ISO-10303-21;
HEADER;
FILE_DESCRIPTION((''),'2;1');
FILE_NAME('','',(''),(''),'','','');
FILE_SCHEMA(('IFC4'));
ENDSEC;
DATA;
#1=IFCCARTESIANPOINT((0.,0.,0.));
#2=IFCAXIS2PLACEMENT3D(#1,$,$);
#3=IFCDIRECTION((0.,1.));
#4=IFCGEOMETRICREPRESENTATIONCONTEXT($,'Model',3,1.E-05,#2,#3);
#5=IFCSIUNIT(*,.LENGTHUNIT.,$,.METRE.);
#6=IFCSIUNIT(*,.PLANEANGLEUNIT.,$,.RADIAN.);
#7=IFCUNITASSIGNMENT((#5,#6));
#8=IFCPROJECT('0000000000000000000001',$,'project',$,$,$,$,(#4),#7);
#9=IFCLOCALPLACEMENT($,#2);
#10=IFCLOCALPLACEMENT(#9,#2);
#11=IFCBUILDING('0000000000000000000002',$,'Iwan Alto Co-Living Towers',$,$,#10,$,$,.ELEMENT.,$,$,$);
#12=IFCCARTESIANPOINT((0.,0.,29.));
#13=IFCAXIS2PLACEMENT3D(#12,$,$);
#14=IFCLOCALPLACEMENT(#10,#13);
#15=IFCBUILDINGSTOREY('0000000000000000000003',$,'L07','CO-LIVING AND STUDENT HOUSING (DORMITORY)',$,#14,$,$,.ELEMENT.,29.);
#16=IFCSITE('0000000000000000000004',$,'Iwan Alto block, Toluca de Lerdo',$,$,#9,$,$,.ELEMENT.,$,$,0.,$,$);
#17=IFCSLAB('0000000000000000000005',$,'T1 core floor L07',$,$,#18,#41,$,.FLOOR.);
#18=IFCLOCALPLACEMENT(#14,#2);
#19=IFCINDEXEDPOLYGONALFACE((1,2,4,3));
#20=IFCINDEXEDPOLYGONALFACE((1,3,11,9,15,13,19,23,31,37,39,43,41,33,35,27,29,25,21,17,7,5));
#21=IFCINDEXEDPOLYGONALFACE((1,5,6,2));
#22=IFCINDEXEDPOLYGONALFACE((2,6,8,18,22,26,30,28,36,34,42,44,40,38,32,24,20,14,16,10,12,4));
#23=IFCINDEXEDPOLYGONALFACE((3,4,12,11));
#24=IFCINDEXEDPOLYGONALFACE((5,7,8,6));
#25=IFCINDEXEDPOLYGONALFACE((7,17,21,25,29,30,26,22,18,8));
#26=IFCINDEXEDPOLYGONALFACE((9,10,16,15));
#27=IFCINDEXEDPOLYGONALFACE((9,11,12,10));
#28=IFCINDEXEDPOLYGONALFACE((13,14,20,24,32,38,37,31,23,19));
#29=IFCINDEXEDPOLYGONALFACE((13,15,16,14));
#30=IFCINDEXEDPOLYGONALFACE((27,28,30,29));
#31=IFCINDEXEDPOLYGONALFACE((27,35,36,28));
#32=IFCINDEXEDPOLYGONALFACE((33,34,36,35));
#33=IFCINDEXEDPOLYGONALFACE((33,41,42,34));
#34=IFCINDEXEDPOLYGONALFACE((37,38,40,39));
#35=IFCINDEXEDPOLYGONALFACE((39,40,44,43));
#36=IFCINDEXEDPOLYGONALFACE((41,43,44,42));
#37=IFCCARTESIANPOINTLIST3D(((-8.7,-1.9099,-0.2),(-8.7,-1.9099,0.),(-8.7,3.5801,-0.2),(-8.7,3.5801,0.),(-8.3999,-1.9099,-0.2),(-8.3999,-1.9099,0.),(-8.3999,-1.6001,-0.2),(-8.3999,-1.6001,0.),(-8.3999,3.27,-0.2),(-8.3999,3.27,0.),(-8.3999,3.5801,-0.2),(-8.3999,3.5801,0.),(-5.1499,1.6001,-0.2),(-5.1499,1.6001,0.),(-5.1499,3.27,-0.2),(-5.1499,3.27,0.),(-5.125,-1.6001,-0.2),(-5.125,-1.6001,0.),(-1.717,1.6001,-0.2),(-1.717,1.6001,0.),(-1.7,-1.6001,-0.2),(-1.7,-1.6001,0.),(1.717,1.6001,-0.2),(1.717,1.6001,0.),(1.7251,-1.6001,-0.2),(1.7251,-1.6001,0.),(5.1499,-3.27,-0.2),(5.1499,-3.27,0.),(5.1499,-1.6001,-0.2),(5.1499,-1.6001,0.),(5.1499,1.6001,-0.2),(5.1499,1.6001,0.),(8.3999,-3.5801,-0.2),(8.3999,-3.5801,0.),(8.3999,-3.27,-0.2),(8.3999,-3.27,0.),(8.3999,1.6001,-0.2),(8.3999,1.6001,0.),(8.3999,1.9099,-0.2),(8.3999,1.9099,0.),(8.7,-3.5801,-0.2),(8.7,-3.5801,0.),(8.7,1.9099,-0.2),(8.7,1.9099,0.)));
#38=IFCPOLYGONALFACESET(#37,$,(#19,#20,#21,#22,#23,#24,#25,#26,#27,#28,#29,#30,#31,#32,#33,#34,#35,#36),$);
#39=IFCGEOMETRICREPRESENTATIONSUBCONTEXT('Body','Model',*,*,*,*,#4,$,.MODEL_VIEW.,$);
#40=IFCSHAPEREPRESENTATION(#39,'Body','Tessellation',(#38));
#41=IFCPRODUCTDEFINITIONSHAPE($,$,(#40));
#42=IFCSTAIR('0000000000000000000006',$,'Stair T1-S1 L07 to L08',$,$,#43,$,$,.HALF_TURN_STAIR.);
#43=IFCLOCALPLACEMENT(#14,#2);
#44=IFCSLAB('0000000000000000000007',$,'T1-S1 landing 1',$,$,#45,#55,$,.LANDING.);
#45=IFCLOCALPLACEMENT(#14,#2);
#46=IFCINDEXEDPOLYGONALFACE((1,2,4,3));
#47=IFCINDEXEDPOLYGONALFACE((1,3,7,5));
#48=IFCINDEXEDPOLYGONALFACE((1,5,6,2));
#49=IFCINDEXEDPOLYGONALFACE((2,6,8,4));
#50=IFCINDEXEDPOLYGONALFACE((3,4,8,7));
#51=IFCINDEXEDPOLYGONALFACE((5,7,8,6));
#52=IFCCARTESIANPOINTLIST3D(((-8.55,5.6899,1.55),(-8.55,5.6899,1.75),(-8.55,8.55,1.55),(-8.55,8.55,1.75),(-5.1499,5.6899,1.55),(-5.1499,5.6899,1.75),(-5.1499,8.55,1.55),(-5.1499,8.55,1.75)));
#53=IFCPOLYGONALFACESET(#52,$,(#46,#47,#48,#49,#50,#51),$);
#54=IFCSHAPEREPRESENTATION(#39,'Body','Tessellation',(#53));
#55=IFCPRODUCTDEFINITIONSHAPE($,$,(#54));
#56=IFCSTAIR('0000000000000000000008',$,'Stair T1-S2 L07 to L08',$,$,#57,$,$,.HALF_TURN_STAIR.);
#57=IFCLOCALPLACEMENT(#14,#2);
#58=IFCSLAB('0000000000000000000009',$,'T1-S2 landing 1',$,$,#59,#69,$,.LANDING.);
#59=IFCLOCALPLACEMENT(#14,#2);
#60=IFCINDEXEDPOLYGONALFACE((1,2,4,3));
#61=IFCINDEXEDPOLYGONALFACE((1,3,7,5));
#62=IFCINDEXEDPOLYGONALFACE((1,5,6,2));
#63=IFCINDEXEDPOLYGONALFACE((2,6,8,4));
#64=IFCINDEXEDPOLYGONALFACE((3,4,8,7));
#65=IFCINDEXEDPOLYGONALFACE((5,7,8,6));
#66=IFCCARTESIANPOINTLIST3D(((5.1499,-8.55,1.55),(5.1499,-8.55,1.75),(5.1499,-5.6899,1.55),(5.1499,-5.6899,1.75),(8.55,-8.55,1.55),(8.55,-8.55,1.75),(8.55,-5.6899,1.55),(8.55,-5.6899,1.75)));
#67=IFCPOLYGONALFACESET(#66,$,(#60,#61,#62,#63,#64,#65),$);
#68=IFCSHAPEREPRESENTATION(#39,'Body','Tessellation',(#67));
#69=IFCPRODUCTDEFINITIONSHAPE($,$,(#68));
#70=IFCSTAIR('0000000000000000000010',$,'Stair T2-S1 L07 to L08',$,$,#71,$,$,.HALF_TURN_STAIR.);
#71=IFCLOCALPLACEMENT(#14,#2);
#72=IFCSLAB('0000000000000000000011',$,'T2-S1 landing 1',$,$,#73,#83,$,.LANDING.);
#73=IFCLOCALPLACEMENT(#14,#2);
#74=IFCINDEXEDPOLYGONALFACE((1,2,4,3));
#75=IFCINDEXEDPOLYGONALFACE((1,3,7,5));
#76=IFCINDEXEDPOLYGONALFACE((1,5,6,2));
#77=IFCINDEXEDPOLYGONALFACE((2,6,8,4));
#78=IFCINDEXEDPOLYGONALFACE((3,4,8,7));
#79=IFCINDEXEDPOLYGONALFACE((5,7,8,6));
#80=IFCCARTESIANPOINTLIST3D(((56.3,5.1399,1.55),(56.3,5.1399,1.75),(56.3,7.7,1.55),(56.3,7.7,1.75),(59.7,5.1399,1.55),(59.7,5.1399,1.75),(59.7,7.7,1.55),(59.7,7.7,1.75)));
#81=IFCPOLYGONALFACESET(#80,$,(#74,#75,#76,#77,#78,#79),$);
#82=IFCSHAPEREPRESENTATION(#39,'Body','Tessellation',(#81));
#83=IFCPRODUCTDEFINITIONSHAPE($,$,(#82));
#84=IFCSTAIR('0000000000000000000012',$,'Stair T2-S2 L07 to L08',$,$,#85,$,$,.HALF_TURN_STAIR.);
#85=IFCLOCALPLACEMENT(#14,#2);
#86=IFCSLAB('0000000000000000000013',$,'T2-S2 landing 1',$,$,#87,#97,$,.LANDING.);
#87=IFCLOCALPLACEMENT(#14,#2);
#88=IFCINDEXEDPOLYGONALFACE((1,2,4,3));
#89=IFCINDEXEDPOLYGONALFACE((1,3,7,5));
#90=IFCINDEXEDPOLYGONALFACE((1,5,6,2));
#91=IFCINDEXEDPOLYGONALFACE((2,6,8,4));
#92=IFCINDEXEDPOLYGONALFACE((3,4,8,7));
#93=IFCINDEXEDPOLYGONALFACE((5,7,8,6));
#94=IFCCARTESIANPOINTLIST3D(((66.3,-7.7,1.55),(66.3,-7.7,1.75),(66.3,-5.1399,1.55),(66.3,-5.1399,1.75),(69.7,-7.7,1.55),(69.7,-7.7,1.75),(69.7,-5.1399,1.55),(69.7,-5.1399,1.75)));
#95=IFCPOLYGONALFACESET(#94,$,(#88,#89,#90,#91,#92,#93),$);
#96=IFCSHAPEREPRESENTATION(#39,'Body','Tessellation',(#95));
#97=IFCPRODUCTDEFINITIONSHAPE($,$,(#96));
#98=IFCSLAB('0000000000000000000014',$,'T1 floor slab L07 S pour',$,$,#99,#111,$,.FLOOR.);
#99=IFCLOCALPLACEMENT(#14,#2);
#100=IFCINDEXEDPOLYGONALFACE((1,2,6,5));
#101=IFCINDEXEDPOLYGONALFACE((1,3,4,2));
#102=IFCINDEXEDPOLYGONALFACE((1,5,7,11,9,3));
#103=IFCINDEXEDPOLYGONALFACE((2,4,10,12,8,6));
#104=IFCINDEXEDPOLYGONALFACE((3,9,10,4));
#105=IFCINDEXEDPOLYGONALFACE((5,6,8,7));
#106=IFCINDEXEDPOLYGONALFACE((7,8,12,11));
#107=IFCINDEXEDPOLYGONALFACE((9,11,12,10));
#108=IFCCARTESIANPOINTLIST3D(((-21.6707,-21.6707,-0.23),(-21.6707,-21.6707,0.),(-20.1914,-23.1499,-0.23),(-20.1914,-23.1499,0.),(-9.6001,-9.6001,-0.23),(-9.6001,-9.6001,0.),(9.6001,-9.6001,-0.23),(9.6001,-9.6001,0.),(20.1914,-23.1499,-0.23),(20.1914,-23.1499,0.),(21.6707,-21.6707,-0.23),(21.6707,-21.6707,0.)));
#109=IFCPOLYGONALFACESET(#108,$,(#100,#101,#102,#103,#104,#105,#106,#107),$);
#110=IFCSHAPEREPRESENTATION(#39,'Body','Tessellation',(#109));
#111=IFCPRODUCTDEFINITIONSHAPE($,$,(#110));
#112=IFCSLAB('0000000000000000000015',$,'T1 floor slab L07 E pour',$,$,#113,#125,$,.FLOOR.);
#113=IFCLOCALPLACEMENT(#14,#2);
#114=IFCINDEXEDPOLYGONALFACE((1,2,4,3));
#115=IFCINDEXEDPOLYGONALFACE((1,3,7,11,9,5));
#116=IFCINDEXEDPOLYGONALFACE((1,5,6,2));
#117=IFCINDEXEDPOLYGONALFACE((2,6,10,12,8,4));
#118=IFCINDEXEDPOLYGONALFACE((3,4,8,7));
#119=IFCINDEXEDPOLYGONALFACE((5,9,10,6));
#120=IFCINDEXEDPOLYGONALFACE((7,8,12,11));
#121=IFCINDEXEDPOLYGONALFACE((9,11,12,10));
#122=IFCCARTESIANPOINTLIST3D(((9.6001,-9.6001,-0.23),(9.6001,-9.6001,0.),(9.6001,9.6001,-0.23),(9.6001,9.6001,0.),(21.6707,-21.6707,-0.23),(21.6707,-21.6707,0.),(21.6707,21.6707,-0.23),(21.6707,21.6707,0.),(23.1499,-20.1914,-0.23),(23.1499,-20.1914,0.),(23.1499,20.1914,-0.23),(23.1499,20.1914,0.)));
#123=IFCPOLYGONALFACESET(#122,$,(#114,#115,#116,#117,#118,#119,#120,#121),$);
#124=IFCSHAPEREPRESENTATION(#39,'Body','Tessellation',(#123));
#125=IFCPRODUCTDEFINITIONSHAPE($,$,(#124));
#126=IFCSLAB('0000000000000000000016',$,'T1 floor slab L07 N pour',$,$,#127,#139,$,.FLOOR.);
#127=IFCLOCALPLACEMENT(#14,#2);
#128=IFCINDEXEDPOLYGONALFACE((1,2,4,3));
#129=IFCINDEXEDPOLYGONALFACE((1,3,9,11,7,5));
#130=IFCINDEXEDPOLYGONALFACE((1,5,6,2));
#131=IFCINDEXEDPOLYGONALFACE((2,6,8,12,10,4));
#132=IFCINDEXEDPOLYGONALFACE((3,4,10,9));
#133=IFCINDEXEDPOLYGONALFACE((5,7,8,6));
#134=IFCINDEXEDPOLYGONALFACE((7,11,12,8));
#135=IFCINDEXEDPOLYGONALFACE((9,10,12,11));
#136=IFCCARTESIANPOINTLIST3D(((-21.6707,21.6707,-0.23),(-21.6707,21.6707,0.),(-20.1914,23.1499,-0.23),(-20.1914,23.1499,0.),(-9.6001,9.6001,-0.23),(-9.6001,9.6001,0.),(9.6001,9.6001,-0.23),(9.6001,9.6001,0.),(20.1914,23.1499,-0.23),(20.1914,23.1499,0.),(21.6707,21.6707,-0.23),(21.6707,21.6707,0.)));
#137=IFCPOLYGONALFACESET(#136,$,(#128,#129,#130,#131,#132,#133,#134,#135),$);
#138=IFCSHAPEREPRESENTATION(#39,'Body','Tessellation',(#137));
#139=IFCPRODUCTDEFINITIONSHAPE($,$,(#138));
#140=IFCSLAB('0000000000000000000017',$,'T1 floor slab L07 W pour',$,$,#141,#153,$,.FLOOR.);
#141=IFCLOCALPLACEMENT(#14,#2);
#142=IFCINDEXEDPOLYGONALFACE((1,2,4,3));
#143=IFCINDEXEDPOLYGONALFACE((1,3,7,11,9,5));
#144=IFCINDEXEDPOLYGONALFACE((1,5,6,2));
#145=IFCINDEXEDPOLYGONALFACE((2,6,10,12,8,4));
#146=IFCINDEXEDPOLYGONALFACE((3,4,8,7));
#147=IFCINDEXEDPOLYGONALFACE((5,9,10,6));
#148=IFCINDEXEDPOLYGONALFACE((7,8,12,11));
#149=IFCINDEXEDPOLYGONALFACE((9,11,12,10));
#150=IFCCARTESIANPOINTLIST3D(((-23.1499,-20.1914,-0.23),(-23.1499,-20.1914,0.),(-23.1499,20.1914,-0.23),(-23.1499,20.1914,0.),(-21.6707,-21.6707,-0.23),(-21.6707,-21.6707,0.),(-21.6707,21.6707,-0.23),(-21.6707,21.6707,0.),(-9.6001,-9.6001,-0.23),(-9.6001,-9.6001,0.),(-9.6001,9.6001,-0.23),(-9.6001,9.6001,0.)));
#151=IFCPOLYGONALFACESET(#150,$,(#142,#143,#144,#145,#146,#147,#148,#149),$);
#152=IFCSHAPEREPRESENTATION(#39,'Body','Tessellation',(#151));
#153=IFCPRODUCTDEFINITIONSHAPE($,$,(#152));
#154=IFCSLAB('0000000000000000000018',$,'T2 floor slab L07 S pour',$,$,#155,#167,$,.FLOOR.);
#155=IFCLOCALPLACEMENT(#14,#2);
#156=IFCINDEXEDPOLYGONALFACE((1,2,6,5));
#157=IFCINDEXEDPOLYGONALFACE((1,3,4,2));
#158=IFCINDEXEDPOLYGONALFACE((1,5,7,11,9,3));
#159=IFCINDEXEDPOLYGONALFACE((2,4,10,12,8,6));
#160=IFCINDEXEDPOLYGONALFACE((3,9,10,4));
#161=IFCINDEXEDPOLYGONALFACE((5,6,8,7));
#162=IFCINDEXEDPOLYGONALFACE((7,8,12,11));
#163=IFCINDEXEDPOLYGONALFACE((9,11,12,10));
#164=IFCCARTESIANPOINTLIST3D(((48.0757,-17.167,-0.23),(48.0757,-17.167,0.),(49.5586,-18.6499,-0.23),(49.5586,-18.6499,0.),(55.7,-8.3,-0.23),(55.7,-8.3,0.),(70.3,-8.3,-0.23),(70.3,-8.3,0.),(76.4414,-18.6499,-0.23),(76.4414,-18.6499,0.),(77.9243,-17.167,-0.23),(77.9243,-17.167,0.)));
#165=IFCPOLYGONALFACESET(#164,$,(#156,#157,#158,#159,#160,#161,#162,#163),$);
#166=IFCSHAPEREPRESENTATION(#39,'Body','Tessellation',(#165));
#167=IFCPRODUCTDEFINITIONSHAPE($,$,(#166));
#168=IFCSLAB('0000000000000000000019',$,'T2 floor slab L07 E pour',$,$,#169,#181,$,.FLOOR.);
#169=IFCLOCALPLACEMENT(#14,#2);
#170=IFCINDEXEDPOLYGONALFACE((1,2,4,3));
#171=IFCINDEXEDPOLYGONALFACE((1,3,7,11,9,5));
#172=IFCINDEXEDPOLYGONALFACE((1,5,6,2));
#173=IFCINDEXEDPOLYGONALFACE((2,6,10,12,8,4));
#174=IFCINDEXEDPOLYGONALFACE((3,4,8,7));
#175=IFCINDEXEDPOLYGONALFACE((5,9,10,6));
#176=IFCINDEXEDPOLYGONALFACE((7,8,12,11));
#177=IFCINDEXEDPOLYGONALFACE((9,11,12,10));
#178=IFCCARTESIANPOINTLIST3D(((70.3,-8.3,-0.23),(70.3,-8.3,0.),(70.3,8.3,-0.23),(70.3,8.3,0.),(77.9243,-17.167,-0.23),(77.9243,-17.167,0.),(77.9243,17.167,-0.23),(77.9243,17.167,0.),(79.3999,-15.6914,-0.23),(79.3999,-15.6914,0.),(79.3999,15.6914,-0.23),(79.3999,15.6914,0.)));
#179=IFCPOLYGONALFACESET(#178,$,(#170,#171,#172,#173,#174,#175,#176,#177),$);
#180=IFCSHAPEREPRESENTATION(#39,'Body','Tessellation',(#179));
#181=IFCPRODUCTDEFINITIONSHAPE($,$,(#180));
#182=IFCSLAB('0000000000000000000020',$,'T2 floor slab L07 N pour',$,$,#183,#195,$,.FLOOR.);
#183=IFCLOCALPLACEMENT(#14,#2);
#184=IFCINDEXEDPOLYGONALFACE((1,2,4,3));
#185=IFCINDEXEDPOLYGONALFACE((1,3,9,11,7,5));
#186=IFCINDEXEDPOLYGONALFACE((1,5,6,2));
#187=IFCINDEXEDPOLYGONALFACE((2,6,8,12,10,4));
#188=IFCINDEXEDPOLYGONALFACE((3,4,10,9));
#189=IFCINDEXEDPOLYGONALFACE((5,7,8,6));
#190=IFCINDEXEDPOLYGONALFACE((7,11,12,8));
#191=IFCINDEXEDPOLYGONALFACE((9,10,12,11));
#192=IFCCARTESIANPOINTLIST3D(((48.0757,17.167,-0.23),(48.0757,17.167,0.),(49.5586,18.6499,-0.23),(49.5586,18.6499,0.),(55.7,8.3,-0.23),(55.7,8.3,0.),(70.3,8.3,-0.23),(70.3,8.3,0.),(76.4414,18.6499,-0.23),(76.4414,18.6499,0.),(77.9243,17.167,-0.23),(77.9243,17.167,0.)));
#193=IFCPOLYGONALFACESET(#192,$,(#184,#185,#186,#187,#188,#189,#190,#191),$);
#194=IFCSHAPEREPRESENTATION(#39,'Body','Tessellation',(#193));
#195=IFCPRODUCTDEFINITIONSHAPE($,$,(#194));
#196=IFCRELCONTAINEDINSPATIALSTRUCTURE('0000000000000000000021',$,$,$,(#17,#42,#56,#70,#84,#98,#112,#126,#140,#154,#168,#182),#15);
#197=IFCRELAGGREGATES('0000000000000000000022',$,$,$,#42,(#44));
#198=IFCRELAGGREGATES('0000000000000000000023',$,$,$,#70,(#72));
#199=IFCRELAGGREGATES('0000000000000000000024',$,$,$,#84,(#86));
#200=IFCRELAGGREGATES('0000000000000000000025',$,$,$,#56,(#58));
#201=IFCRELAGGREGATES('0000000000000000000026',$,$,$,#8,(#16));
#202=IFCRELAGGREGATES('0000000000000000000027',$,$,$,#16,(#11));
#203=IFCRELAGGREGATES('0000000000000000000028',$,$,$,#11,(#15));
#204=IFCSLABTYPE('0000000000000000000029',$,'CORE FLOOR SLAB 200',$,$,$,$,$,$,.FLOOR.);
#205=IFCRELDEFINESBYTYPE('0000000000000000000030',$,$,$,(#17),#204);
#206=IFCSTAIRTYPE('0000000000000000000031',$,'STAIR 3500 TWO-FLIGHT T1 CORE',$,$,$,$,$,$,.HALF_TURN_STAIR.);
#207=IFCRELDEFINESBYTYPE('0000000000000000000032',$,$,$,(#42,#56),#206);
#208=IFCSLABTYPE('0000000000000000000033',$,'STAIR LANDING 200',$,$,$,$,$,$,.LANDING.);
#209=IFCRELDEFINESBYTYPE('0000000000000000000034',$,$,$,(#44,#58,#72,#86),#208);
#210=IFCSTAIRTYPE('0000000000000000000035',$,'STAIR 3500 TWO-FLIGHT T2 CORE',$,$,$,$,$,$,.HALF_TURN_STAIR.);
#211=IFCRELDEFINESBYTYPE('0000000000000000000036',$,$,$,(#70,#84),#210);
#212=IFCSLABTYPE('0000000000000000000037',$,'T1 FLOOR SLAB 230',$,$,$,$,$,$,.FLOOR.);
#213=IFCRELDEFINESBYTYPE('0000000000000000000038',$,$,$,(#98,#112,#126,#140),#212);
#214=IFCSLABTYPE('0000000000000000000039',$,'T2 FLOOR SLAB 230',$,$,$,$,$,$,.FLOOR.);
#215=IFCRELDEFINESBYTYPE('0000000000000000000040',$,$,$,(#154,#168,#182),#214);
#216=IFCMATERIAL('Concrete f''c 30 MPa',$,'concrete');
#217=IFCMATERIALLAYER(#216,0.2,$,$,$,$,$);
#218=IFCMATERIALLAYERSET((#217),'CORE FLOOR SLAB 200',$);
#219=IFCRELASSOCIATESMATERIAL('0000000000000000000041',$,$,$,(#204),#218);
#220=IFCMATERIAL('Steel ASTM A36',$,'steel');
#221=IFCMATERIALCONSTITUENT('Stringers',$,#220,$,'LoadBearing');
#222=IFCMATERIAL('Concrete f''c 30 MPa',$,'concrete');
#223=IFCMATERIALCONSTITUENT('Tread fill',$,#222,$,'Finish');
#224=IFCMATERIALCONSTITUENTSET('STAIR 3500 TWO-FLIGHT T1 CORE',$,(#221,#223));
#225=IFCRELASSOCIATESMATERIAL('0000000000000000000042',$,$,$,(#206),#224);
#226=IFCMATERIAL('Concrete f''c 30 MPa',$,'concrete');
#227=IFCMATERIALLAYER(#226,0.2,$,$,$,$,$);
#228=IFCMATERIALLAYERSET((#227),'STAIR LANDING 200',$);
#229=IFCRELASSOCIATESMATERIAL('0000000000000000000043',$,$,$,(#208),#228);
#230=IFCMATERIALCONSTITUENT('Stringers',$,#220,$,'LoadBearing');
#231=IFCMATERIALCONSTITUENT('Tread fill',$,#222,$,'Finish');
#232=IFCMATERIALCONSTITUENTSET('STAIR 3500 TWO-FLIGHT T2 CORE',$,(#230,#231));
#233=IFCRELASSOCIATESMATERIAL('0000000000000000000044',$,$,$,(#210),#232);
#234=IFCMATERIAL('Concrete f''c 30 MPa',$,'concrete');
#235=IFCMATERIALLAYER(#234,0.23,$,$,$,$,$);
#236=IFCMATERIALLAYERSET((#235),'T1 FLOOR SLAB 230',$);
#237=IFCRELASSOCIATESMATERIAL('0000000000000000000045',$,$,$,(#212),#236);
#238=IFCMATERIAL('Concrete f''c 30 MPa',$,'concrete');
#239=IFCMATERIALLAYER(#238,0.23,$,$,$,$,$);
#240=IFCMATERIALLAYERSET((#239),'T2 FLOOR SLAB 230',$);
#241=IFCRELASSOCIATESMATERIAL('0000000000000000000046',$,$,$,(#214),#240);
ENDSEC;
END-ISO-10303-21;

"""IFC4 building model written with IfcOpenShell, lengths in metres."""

from ifc_helpers import new_model, si_unit, direction, frame, origin, place, context, subcontext, project, spatial, polyline, outline, extrude, material, layer, layer_set, constituent, constituent_set, type_object, element, aggregate, save


model = new_model("IFC4")

# Units and contexts
model_context = context("Model", 3, precision=1e-05, world=origin(), true_north=direction((0.0, 1.0)))
body_context = subcontext(model_context, "Body", "Model", "MODEL_VIEW")
ifc_project = project(units=[si_unit("LENGTHUNIT", "METRE"), si_unit("PLANEANGLEUNIT", "RADIAN")], contexts=[model_context])

# Site, building, storey
site_placement = place(None, origin())
site = spatial("IfcSite", under=ifc_project, at=site_placement, Name="Iwan Alto block, Toluca de Lerdo", CompositionType="ELEMENT", RefElevation=0.0)
building_placement = place(site_placement, origin())
building = spatial("IfcBuilding", under=site, at=building_placement, Name="Iwan Alto Co-Living Towers", CompositionType="ELEMENT")
storey_placement = place(building_placement, frame((0.0, 0.0, 29.0)))
storey = spatial("IfcBuildingStorey", under=building, at=storey_placement, Name="L07", Description="CO-LIVING AND STUDENT HOUSING (DORMITORY)", CompositionType="ELEMENT", Elevation=29.0)

# Slab
ifc_material_1 = material(Name="Concrete f'c 30 MPa", Category="concrete")
ifc_layer_1 = layer(ifc_material_1, 0.2)
ifc_layer_set_1 = layer_set([ifc_layer_1], Name="CORE FLOOR SLAB 200")
slab_type_1 = type_object("IfcSlabType", Name="CORE FLOOR SLAB 200", PredefinedType="FLOOR", material=ifc_layer_set_1)
slab_1_placement = place(storey_placement, frame((0.0, 0.0, -0.2)))
element("IfcSlab", 1, at=slab_1_placement, inside=storey, type_object=slab_type_1, Name="T1 core floor L07", PredefinedType="FLOOR", context=body_context, shape_type="SweptSolid", body=[
    extrude(outline(polyline([(8.7, -3.5801), (8.3999, -3.5801), (8.3999, -3.27), (5.1499, -3.27), (5.1499, -1.6001), (1.7251, -1.6001), (-1.7, -1.6001), (-5.125, -1.6001), (-8.3999, -1.6001), (-8.3999, -1.9099), (-8.7, -1.9099), (-8.7, 3.5801), (-8.3999, 3.5801), (-8.3999, 3.27), (-5.1499, 3.27), (-5.1499, 1.6001), (-1.717, 1.6001), (1.717, 1.6001), (5.1499, 1.6001), (8.3999, 1.6001), (8.3999, 1.9099), (8.7, 1.9099), (8.7, -3.5801)])), origin(), (0.0, 0.0, 1.0), 0.2),
])

# Stairs, slabs
ifc_material_2 = material(Name="Steel ASTM A36", Category="steel")
ifc_constituent_1 = constituent(ifc_material_2, Name="Stringers", Category="LoadBearing")
ifc_material_3 = material(Name="Concrete f'c 30 MPa", Category="concrete")
ifc_constituent_2 = constituent(ifc_material_3, Name="Tread fill", Category="Finish")
ifc_constituent_set_1 = constituent_set(constituents=[ifc_constituent_1, ifc_constituent_2], Name="STAIR 3500 TWO-FLIGHT T1 CORE")
stair_type_1 = type_object("IfcStairType", Name="STAIR 3500 TWO-FLIGHT T1 CORE", PredefinedType="HALF_TURN_STAIR", material=ifc_constituent_set_1)
stair_1_placement = place(storey_placement, origin())
stair_1 = element("IfcStair", 2, at=stair_1_placement, inside=storey, type_object=stair_type_1, Name="Stair T1-S1 L07 to L08", PredefinedType="HALF_TURN_STAIR")
ifc_material_4 = material(Name="Concrete f'c 30 MPa", Category="concrete")
ifc_layer_2 = layer(ifc_material_4, 0.2)
ifc_layer_set_2 = layer_set([ifc_layer_2], Name="STAIR LANDING 200")
slab_type_2 = type_object("IfcSlabType", Name="STAIR LANDING 200", PredefinedType="LANDING", material=ifc_layer_set_2)
slab_2_placement = place(storey_placement, frame((0.0, 0.0, 1.55)))
slab_2 = element("IfcSlab", 3, at=slab_2_placement, type_object=slab_type_2, Name="T1-S1 landing 1", PredefinedType="LANDING", context=body_context, shape_type="SweptSolid", body=[
    extrude(outline(polyline([(-8.55, 5.6899), (-8.55, 8.55), (-5.1499, 8.55), (-5.1499, 5.6899), (-8.55, 5.6899)])), origin(), (0.0, 0.0, 1.0), 0.2),
])
aggregate(stair_1, [slab_2])
stair_2_placement = place(storey_placement, origin())
stair_2 = element("IfcStair", 4, at=stair_2_placement, inside=storey, type_object=stair_type_1, Name="Stair T1-S2 L07 to L08", PredefinedType="HALF_TURN_STAIR")
slab_3_placement = place(storey_placement, frame((0.0, 0.0, 1.55)))
slab_3 = element("IfcSlab", 5, at=slab_3_placement, type_object=slab_type_2, Name="T1-S2 landing 1", PredefinedType="LANDING", context=body_context, shape_type="SweptSolid", body=[
    extrude(outline(polyline([(5.1499, -5.6899), (5.1499, -8.55), (8.55, -8.55), (8.55, -5.6899), (5.1499, -5.6899)])), origin(), (0.0, 0.0, 1.0), 0.2),
])
ifc_constituent_3 = constituent(ifc_material_2, Name="Stringers", Category="LoadBearing")
ifc_constituent_4 = constituent(ifc_material_3, Name="Tread fill", Category="Finish")
ifc_constituent_set_2 = constituent_set(constituents=[ifc_constituent_3, ifc_constituent_4], Name="STAIR 3500 TWO-FLIGHT T2 CORE")
stair_type_2 = type_object("IfcStairType", Name="STAIR 3500 TWO-FLIGHT T2 CORE", PredefinedType="HALF_TURN_STAIR", material=ifc_constituent_set_2)
stair_3_placement = place(storey_placement, origin())
stair_3 = element("IfcStair", 6, at=stair_3_placement, inside=storey, type_object=stair_type_2, Name="Stair T2-S1 L07 to L08", PredefinedType="HALF_TURN_STAIR")
slab_4_placement = place(storey_placement, frame((0.0, 0.0, 1.55)))
slab_4 = element("IfcSlab", 7, at=slab_4_placement, type_object=slab_type_2, Name="T2-S1 landing 1", PredefinedType="LANDING", context=body_context, shape_type="SweptSolid", body=[
    extrude(outline(polyline([(56.3, 5.1399), (56.3, 7.7), (59.7, 7.7), (59.7, 5.1399), (56.3, 5.1399)])), origin(), (0.0, 0.0, 1.0), 0.2),
])
aggregate(stair_3, [slab_4])
stair_4_placement = place(storey_placement, origin())
stair_4 = element("IfcStair", 8, at=stair_4_placement, inside=storey, type_object=stair_type_2, Name="Stair T2-S2 L07 to L08", PredefinedType="HALF_TURN_STAIR")
slab_5_placement = place(storey_placement, frame((0.0, 0.0, 1.55)))
slab_5 = element("IfcSlab", 9, at=slab_5_placement, type_object=slab_type_2, Name="T2-S2 landing 1", PredefinedType="LANDING", context=body_context, shape_type="SweptSolid", body=[
    extrude(outline(polyline([(66.3, -5.1399), (66.3, -7.7), (69.7, -7.7), (69.7, -5.1399), (66.3, -5.1399)])), origin(), (0.0, 0.0, 1.0), 0.2),
])
aggregate(stair_4, [slab_5])

# Slabs
ifc_material_5 = material(Name="Concrete f'c 30 MPa", Category="concrete")
ifc_layer_3 = layer(ifc_material_5, 0.23)
ifc_layer_set_3 = layer_set([ifc_layer_3], Name="T1 FLOOR SLAB 230")
slab_type_3 = type_object("IfcSlabType", Name="T1 FLOOR SLAB 230", PredefinedType="FLOOR", material=ifc_layer_set_3)
slab_6_placement = place(storey_placement, frame((0.0, 0.0, -0.23)))
element("IfcSlab", 10, at=slab_6_placement, inside=storey, type_object=slab_type_3, Name="T1 floor slab L07 S pour", PredefinedType="FLOOR", context=body_context, shape_type="SweptSolid", body=[
    extrude(outline(polyline([(20.1914, -23.1499), (-20.1914, -23.1499), (-21.6707, -21.6707), (-9.6001, -9.6001), (9.6001, -9.6001), (21.6707, -21.6707), (20.1914, -23.1499)])), origin(), (0.0, 0.0, 1.0), 0.23),
])
slab_7_placement = place(storey_placement, frame((0.0, 0.0, -0.23)))
element("IfcSlab", 11, at=slab_7_placement, inside=storey, type_object=slab_type_3, Name="T1 floor slab L07 E pour", PredefinedType="FLOOR", context=body_context, shape_type="SweptSolid", body=[
    extrude(outline(polyline([(23.1499, 20.1914), (23.1499, -20.1914), (21.6707, -21.6707), (9.6001, -9.6001), (9.6001, 9.6001), (21.6707, 21.6707), (23.1499, 20.1914)])), origin(), (0.0, 0.0, 1.0), 0.23),
])
slab_8_placement = place(storey_placement, frame((0.0, 0.0, -0.23)))
element("IfcSlab", 12, at=slab_8_placement, inside=storey, type_object=slab_type_3, Name="T1 floor slab L07 N pour", PredefinedType="FLOOR", context=body_context, shape_type="SweptSolid", body=[
    extrude(outline(polyline([(-20.1914, 23.1499), (20.1914, 23.1499), (21.6707, 21.6707), (9.6001, 9.6001), (-9.6001, 9.6001), (-21.6707, 21.6707), (-20.1914, 23.1499)])), origin(), (0.0, 0.0, 1.0), 0.23),
])
slab_9_placement = place(storey_placement, frame((0.0, 0.0, -0.23)))
element("IfcSlab", 13, at=slab_9_placement, inside=storey, type_object=slab_type_3, Name="T1 floor slab L07 W pour", PredefinedType="FLOOR", context=body_context, shape_type="SweptSolid", body=[
    extrude(outline(polyline([(-23.1499, 20.1914), (-21.6707, 21.6707), (-9.6001, 9.6001), (-9.6001, -9.6001), (-21.6707, -21.6707), (-23.1499, -20.1914), (-23.1499, 20.1914)])), origin(), (0.0, 0.0, 1.0), 0.23),
])
ifc_material_6 = material(Name="Concrete f'c 30 MPa", Category="concrete")
ifc_layer_4 = layer(ifc_material_6, 0.23)
ifc_layer_set_4 = layer_set([ifc_layer_4], Name="T2 FLOOR SLAB 230")
slab_type_4 = type_object("IfcSlabType", Name="T2 FLOOR SLAB 230", PredefinedType="FLOOR", material=ifc_layer_set_4)
slab_10_placement = place(storey_placement, frame((0.0, 0.0, -0.23)))
element("IfcSlab", 14, at=slab_10_placement, inside=storey, type_object=slab_type_4, Name="T2 floor slab L07 S pour", PredefinedType="FLOOR", context=body_context, shape_type="SweptSolid", body=[
    extrude(outline(polyline([(76.4414, -18.6499), (49.5586, -18.6499), (48.0757, -17.167), (55.7, -8.3), (70.3, -8.3), (77.9243, -17.167), (76.4414, -18.6499)])), origin(), (0.0, 0.0, 1.0), 0.23),
])
slab_11_placement = place(storey_placement, frame((0.0, 0.0, -0.23)))
element("IfcSlab", 15, at=slab_11_placement, inside=storey, type_object=slab_type_4, Name="T2 floor slab L07 E pour", PredefinedType="FLOOR", context=body_context, shape_type="SweptSolid", body=[
    extrude(outline(polyline([(79.3999, 15.6914), (79.3999, -15.6914), (77.9243, -17.167), (70.3, -8.3), (70.3, 8.3), (77.9243, 17.167), (79.3999, 15.6914)])), origin(), (0.0, 0.0, 1.0), 0.23),
])
slab_12_placement = place(storey_placement, frame((0.0, 0.0, -0.23)))
element("IfcSlab", 16, at=slab_12_placement, inside=storey, type_object=slab_type_4, Name="T2 floor slab L07 N pour", PredefinedType="FLOOR", context=body_context, shape_type="SweptSolid", body=[
    extrude(outline(polyline([(49.5586, 18.6499), (76.4414, 18.6499), (77.9243, 17.167), (70.3, 8.3), (55.7, 8.3), (48.0757, 17.167), (49.5586, 18.6499)])), origin(), (0.0, 0.0, 1.0), 0.23),
])

aggregate(stair_2, [slab_3])

save(model, "model.ifc")
